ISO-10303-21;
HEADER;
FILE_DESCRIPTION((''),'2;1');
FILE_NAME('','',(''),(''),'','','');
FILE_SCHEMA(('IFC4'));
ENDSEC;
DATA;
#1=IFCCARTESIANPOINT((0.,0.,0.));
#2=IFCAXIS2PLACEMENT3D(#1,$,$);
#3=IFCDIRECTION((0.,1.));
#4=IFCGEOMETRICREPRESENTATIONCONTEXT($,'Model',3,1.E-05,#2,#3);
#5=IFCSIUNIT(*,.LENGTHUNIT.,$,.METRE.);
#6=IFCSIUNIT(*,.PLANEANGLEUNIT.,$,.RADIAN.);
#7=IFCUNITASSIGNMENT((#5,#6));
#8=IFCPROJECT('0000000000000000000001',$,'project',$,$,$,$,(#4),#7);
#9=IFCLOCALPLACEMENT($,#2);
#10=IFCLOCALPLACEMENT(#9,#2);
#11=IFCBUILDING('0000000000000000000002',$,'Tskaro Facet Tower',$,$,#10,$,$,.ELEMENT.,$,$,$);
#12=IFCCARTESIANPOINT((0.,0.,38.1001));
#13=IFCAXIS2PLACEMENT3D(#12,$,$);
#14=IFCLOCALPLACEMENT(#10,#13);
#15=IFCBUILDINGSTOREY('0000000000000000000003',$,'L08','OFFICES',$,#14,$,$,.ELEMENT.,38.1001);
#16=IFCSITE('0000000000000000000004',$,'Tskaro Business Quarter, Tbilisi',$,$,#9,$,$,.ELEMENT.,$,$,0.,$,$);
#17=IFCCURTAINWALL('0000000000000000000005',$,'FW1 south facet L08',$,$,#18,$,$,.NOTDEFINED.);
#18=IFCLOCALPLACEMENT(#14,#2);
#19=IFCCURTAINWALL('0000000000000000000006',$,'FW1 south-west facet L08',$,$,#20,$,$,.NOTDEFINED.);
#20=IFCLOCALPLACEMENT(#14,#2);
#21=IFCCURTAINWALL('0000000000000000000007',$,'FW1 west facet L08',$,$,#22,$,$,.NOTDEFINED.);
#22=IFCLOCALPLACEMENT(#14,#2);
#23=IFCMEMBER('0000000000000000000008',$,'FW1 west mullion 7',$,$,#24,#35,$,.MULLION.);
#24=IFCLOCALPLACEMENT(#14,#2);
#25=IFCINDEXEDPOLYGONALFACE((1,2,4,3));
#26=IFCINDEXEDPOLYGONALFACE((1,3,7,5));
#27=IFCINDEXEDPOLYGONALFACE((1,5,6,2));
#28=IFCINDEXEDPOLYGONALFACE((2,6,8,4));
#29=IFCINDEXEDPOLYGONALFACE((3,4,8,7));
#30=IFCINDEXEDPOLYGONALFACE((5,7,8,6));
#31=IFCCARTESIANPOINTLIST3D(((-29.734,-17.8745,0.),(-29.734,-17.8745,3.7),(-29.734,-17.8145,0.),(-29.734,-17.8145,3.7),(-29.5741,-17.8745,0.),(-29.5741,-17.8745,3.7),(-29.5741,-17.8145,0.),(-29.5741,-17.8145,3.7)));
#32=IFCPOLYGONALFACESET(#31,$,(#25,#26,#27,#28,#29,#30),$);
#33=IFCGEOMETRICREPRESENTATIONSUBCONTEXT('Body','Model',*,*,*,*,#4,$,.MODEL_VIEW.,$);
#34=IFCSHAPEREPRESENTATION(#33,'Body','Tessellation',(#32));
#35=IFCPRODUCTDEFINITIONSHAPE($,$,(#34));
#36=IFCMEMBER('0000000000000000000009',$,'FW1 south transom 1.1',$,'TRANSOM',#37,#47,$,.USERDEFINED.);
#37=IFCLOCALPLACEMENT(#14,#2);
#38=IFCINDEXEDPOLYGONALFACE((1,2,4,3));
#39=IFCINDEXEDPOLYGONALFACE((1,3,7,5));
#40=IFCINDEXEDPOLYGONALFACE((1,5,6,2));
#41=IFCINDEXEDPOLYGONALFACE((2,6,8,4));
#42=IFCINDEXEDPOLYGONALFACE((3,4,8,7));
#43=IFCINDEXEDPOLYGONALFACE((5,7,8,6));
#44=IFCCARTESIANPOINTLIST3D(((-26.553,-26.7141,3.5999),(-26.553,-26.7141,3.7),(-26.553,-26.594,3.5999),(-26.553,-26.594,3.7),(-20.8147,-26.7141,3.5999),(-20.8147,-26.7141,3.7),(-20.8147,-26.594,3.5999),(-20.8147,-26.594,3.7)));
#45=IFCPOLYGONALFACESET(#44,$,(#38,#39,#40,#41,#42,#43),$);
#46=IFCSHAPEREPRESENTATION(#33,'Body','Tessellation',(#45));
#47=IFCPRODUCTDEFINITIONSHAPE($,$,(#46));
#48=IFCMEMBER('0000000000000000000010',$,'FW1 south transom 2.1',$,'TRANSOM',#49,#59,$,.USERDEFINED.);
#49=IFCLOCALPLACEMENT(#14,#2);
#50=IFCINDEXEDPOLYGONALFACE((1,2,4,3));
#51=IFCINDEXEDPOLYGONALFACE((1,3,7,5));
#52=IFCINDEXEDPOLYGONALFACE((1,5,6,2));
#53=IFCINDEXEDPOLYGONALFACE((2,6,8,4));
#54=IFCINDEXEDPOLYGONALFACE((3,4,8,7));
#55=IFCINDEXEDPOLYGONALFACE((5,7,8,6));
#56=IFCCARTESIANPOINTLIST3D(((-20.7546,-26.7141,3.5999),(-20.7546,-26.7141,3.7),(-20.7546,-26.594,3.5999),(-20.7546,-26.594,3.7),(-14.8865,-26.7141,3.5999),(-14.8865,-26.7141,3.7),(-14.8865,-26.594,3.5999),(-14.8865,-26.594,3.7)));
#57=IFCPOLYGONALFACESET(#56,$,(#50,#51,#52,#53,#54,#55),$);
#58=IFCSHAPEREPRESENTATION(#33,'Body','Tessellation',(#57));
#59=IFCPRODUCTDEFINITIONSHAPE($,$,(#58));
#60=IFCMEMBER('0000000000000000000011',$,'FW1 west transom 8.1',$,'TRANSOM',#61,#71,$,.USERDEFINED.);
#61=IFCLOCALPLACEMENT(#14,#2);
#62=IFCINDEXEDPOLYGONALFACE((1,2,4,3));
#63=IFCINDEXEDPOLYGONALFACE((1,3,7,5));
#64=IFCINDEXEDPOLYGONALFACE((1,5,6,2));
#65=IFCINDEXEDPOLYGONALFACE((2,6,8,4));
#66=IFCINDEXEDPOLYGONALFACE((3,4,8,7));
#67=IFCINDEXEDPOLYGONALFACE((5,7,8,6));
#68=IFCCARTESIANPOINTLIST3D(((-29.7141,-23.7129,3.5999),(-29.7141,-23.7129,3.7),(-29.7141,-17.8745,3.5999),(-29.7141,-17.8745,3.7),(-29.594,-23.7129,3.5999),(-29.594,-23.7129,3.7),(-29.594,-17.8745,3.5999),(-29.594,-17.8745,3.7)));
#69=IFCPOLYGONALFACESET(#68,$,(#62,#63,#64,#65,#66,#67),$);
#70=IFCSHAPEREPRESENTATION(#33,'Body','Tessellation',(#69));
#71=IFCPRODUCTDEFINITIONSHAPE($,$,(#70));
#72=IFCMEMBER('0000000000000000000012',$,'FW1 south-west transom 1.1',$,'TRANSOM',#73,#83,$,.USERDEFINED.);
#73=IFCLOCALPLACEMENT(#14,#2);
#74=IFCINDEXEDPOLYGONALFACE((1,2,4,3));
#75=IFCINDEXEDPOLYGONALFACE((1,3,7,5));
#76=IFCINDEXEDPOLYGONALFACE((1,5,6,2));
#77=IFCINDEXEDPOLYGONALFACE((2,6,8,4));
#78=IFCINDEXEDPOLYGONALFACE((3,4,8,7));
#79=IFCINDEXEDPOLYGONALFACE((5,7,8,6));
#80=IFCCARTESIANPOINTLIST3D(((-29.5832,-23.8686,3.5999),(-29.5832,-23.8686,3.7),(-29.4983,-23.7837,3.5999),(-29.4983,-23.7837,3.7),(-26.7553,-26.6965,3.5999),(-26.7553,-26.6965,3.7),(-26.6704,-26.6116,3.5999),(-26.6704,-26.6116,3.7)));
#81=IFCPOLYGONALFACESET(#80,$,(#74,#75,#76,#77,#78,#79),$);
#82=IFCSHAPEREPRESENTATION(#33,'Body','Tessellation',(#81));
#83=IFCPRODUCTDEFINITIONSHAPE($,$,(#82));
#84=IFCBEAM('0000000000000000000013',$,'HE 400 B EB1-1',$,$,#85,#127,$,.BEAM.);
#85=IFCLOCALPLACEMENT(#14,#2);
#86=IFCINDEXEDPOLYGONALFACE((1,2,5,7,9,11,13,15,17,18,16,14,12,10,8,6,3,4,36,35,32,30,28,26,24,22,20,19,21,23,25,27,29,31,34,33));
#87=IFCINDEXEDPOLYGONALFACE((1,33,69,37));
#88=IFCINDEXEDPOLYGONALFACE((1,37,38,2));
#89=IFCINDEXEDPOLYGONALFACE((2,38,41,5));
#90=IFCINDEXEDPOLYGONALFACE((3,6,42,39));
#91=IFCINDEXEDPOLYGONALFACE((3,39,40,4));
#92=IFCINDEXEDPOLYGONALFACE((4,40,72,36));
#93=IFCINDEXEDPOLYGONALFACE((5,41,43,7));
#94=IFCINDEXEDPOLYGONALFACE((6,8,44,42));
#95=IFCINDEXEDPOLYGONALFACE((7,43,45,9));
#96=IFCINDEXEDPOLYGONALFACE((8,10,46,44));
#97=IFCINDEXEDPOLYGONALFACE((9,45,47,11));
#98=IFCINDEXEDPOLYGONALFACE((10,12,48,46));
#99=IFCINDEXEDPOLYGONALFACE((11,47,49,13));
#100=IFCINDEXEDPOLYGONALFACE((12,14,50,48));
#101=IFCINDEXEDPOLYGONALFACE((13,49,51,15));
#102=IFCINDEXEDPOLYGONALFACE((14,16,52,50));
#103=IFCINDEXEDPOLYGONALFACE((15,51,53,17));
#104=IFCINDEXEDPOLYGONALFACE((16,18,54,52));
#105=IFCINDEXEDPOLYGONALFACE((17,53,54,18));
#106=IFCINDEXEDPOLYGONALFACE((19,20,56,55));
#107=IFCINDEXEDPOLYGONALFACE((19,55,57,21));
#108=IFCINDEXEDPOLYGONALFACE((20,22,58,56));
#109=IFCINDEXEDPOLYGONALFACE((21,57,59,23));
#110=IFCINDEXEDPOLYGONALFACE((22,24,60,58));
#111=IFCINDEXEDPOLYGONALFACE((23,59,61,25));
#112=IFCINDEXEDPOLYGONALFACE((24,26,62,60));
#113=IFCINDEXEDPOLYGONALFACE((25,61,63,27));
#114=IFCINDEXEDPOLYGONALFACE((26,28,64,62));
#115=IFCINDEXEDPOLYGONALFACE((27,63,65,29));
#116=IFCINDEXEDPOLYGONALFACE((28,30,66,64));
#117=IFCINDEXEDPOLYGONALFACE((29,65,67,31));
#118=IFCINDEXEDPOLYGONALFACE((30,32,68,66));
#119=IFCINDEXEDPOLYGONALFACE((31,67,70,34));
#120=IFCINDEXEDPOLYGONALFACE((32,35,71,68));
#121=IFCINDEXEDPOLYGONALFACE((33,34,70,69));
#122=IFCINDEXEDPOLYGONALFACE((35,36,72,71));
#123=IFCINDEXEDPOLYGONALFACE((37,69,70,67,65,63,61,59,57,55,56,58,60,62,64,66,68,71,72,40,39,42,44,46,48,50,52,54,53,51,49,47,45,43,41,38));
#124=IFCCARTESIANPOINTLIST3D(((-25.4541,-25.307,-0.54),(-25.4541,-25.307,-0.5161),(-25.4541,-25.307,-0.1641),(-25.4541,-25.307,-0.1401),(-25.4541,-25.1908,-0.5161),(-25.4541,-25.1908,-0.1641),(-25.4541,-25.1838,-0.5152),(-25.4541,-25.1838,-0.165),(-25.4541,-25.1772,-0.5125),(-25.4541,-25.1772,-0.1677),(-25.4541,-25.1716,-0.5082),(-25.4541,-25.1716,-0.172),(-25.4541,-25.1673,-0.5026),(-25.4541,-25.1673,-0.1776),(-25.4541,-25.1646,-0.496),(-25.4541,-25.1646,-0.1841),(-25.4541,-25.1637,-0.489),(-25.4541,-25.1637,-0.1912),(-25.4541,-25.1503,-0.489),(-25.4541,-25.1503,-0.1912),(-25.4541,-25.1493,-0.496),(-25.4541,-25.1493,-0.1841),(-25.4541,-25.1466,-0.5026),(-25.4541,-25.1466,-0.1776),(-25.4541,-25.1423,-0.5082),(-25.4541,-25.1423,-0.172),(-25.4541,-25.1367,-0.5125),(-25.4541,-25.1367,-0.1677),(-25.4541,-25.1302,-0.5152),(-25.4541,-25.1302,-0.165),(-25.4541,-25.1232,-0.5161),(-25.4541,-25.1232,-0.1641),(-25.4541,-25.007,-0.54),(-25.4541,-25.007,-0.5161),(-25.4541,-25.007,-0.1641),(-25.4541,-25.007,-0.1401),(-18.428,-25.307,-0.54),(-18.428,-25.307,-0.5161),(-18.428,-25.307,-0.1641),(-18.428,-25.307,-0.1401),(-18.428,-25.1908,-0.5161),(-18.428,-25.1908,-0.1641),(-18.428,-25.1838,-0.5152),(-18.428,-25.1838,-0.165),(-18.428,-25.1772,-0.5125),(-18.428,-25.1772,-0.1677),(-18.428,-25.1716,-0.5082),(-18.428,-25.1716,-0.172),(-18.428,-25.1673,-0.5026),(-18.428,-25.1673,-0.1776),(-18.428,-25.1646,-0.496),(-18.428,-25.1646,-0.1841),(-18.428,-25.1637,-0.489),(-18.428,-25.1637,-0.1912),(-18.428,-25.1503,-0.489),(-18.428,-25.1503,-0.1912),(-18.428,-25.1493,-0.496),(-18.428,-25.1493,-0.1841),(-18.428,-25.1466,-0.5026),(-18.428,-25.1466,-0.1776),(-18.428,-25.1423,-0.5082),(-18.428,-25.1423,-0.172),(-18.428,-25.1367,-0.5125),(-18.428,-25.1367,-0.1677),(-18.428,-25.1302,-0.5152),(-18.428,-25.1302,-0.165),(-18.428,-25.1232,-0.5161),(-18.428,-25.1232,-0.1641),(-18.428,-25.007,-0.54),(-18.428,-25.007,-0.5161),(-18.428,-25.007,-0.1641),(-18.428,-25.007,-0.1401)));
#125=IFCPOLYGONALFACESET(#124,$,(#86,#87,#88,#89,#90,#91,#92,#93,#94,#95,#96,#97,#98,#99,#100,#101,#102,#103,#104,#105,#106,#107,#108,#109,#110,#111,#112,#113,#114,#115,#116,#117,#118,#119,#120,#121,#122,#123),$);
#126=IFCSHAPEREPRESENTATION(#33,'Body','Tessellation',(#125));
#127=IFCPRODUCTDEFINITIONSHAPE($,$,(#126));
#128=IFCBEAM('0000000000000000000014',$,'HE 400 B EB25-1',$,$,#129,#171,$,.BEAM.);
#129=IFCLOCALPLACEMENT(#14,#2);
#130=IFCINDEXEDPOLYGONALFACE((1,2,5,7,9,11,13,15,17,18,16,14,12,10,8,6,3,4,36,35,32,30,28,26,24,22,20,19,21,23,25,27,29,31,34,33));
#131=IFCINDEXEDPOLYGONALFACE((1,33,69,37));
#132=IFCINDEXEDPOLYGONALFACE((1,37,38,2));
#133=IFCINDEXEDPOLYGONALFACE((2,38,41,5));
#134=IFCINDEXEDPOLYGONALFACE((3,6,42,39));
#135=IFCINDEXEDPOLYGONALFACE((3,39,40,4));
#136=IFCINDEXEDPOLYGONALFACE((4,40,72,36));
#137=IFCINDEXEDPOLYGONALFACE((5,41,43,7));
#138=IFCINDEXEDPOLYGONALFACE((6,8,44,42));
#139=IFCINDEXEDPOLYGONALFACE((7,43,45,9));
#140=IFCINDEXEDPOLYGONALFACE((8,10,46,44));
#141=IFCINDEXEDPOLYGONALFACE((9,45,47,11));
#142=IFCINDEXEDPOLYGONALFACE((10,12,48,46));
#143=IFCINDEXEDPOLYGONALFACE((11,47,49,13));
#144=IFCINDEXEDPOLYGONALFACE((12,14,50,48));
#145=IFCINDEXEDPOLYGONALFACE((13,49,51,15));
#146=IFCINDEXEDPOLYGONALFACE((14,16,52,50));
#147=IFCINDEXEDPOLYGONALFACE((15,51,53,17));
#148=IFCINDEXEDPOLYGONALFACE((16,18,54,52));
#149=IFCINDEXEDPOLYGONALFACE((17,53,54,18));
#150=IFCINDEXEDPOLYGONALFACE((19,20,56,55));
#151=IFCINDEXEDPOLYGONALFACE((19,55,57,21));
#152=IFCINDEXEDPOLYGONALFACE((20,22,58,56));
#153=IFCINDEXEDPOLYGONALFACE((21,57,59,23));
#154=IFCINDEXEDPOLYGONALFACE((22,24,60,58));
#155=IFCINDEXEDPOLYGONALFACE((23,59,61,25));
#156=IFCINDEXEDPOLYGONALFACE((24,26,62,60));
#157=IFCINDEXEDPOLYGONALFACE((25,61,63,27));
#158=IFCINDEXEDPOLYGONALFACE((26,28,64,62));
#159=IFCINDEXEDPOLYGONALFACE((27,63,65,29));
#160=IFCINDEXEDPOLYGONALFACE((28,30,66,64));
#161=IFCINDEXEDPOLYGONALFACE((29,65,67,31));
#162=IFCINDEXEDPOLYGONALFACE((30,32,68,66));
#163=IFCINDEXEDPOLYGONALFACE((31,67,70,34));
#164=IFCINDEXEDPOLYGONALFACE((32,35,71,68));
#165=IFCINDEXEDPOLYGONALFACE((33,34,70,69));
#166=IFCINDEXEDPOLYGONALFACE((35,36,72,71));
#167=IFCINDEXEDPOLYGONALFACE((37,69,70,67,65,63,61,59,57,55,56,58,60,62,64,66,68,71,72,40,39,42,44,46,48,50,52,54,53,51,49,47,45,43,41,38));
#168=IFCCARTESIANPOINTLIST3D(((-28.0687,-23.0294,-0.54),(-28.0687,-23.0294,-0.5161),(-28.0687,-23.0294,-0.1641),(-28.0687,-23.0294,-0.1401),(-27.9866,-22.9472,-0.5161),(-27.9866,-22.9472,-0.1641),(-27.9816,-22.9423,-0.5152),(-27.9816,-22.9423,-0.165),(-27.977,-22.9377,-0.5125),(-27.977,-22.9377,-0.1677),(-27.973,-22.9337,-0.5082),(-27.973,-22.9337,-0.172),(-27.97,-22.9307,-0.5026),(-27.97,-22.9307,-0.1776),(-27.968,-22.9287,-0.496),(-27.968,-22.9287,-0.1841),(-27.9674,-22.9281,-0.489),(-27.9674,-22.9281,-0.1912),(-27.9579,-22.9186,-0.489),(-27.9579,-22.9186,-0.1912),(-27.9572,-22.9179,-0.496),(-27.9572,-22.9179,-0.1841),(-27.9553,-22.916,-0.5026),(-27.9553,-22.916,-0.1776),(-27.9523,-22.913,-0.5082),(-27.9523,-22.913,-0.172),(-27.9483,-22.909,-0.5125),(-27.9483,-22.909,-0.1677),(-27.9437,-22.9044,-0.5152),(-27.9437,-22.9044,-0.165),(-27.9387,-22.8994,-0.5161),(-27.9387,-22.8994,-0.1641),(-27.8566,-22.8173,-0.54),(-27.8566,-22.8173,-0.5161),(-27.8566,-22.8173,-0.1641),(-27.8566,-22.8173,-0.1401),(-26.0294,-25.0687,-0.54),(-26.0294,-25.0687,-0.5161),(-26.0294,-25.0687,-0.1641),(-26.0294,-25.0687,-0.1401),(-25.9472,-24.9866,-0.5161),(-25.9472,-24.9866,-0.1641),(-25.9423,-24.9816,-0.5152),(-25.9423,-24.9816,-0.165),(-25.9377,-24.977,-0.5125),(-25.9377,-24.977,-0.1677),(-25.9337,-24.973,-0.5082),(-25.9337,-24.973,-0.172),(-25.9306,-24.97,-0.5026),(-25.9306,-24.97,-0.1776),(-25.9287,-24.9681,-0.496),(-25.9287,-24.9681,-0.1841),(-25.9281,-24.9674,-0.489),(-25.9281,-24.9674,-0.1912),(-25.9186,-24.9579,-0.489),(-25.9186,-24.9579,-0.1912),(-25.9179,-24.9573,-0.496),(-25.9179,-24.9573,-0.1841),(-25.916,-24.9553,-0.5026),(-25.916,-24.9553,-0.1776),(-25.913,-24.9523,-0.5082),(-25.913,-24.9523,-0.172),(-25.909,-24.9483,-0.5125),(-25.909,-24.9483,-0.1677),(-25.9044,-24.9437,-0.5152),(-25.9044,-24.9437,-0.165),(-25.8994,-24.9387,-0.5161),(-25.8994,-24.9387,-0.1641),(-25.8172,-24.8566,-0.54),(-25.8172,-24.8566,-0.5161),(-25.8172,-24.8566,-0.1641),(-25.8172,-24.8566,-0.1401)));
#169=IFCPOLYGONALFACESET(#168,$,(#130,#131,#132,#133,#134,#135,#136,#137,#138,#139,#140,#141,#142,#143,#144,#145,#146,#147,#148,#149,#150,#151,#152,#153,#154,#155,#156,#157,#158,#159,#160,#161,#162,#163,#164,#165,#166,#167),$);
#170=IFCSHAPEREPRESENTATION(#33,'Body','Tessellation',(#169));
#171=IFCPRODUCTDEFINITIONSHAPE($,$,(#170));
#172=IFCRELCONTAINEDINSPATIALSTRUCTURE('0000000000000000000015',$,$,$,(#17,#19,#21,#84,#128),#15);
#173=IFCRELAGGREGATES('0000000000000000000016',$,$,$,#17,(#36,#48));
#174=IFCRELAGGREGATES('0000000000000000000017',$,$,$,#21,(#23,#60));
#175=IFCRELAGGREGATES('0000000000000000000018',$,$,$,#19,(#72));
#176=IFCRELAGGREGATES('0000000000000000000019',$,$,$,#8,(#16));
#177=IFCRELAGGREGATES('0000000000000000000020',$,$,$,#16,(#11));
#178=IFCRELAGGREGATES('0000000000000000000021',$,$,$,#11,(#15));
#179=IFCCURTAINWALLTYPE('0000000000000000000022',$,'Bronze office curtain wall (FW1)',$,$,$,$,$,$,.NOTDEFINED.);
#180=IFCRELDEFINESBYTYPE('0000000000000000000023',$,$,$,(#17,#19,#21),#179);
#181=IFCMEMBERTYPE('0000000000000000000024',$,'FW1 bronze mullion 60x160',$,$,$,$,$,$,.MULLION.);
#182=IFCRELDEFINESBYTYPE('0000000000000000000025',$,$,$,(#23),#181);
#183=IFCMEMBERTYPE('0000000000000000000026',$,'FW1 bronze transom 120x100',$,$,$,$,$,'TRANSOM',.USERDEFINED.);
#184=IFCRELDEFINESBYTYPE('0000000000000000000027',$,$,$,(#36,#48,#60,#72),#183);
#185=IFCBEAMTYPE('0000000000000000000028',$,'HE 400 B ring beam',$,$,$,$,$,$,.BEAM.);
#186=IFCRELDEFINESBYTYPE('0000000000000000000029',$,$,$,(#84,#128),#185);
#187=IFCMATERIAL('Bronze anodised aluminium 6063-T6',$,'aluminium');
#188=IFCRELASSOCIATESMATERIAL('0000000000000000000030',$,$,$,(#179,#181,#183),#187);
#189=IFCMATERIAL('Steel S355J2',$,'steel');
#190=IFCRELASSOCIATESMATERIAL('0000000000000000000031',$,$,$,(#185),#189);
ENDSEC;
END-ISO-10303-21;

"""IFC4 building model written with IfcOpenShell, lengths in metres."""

from ifc_helpers import new_model, si_unit, direction, frame, origin, origin_2d, place, context, subcontext, project, spatial, rectangle, i_section, extrude, material, material_profile, profile_set, type_object, element, aggregate, save


model = new_model("IFC4")

# Units and contexts
model_context = context("Model", 3, precision=1e-05, world=origin(), true_north=direction((0.0, 1.0)))
body_context = subcontext(model_context, "Body", "Model", "MODEL_VIEW")
ifc_project = project(units=[si_unit("LENGTHUNIT", "METRE"), si_unit("PLANEANGLEUNIT", "RADIAN")], contexts=[model_context])

# Site, building, storey
site_placement = place(None, origin())
site = spatial("IfcSite", under=ifc_project, at=site_placement, Name="Tskaro Business Quarter, Tbilisi", CompositionType="ELEMENT", RefElevation=0.0)
building_placement = place(site_placement, origin())
building = spatial("IfcBuilding", under=site, at=building_placement, Name="Tskaro Facet Tower", CompositionType="ELEMENT")
storey_placement = place(building_placement, frame((0.0, 0.0, 38.1001)))
storey = spatial("IfcBuildingStorey", under=building, at=storey_placement, Name="L08", Description="OFFICES", CompositionType="ELEMENT", Elevation=38.1001)

# Curtain walls
ifc_material_1 = material(Name="Bronze anodised aluminium 6063-T6", Category="aluminium")
curtain_wall_type = type_object("IfcCurtainWallType", Name="Bronze office curtain wall (FW1)", PredefinedType="NOTDEFINED", material=ifc_material_1)
curtain_wall_1_placement = place(storey_placement, origin())
curtain_wall_1 = element("IfcCurtainWall", 1, at=curtain_wall_1_placement, inside=storey, type_object=curtain_wall_type, Name="FW1 south facet L08", PredefinedType="NOTDEFINED")
curtain_wall_2_placement = place(storey_placement, origin())
curtain_wall_2 = element("IfcCurtainWall", 2, at=curtain_wall_2_placement, inside=storey, type_object=curtain_wall_type, Name="FW1 south-west facet L08", PredefinedType="NOTDEFINED")

# Shared definitions
ifc_material_profile_1 = material_profile(ifc_material_1, rectangle(XDim=0.0601, YDim=0.1599, at=origin_2d()), Name="Mullion 60x160")
ifc_profile_set_1 = profile_set([ifc_material_profile_1], Name="Bronze anodised aluminium 6063-T6")
member_type_1 = type_object("IfcMemberType", Name="FW1 bronze mullion 60x160", PredefinedType="MULLION", material=ifc_profile_set_1)

# Curtain wall, member
curtain_wall_3_placement = place(storey_placement, origin())
curtain_wall_3 = element("IfcCurtainWall", 3, at=curtain_wall_3_placement, inside=storey, type_object=curtain_wall_type, Name="FW1 west facet L08", PredefinedType="NOTDEFINED")
member_1_placement = place(storey_placement, frame((-29.6541, -17.8445, 0.0), z_axis=(0.0, 0.0, 1.0), x_axis=(0.0, -1.0, 0.0)))
member_1 = element("IfcMember", 4, at=member_1_placement, type_object=member_type_1, Name="FW1 west mullion 7", PredefinedType="MULLION", context=body_context, shape_type="SweptSolid", body=[
    extrude(rectangle(XDim=0.0601, YDim=0.1599, at=origin_2d()), origin(), (0.0, 0.0, 1.0), 3.7),
])

# Members
ifc_material_profile_2 = material_profile(ifc_material_1, rectangle(XDim=0.1201, YDim=0.1001, at=origin_2d()), Name="Transom 120x100")
ifc_profile_set_2 = profile_set([ifc_material_profile_2], Name="Bronze anodised aluminium 6063-T6")
member_type_2 = type_object("IfcMemberType", Name="FW1 bronze transom 120x100", ElementType="TRANSOM", PredefinedType="USERDEFINED", material=ifc_profile_set_2)
member_2_placement = place(storey_placement, frame((-26.553, -26.6541, 3.6499), z_axis=(1.0, 0.0, 0.0), x_axis=(0.0, 1.0, 0.0)))
member_2 = element("IfcMember", 5, at=member_2_placement, type_object=member_type_2, Name="FW1 south transom 1.1", ObjectType="TRANSOM", PredefinedType="USERDEFINED", context=body_context, shape_type="SweptSolid", body=[
    extrude(rectangle(XDim=0.1201, YDim=0.1001, at=origin_2d()), origin(), (0.0, 0.0, 1.0), 5.7383),
])
member_3_placement = place(storey_placement, frame((-20.7546, -26.6541, 3.6499), z_axis=(1.0, 0.0, 0.0), x_axis=(0.0, 1.0, 0.0)))
member_3 = element("IfcMember", 6, at=member_3_placement, type_object=member_type_2, Name="FW1 south transom 2.1", ObjectType="TRANSOM", PredefinedType="USERDEFINED", context=body_context, shape_type="SweptSolid", body=[
    extrude(rectangle(XDim=0.1201, YDim=0.1001, at=origin_2d()), origin(), (0.0, 0.0, 1.0), 5.8682),
])
member_4_placement = place(storey_placement, frame((-29.6541, -17.8745, 3.6499), z_axis=(0.0, -1.0, 0.0), x_axis=(1.0, 0.0, 0.0)))
member_4 = element("IfcMember", 7, at=member_4_placement, type_object=member_type_2, Name="FW1 west transom 8.1", ObjectType="TRANSOM", PredefinedType="USERDEFINED", context=body_context, shape_type="SweptSolid", body=[
    extrude(rectangle(XDim=0.1201, YDim=0.1001, at=origin_2d()), origin(), (0.0, 0.0, 1.0), 5.8384),
])
member_5_placement = place(storey_placement, frame((-29.5408, -23.8262, 3.6499), z_axis=(0.707107, -0.707107, 0.0), x_axis=(0.707107, 0.707107, 0.0)))
member_5 = element("IfcMember", 8, at=member_5_placement, type_object=member_type_2, Name="FW1 south-west transom 1.1", ObjectType="TRANSOM", PredefinedType="USERDEFINED", context=body_context, shape_type="SweptSolid", body=[
    extrude(rectangle(XDim=0.1201, YDim=0.1001, at=origin_2d()), origin(), (0.0, 0.0, 1.0), 3.9993),
])

# Beams
ifc_material_2 = material(Name="Steel S355J2", Category="steel")
ifc_material_profile_3 = material_profile(ifc_material_2, i_section(OverallWidth=0.3, OverallDepth=0.3999, WebThickness=0.0134, FlangeThickness=0.0239, FilletRadius=0.0271, at=origin_2d()), Name="HE 400 B")
ifc_profile_set_3 = profile_set([ifc_material_profile_3], Name="Steel S355J2")
beam_type_1 = type_object("IfcBeamType", Name="HE 400 B ring beam", PredefinedType="BEAM", material=ifc_profile_set_3)
beam_1_placement = place(storey_placement, frame((-25.4541, -25.157, -0.3401), z_axis=(1.0, 0.0, 0.0), x_axis=(0.0, 1.0, 0.0)))
element("IfcBeam", 9, at=beam_1_placement, inside=storey, type_object=beam_type_1, Name="HE 400 B EB1-1", PredefinedType="BEAM", context=body_context, shape_type="SweptSolid", body=[
    extrude(i_section(OverallWidth=0.3, OverallDepth=0.3999, WebThickness=0.0134, FlangeThickness=0.0239, FilletRadius=0.0271, at=origin_2d()), origin(), (0.0, 0.0, 1.0), 7.0261),
])
beam_2_placement = place(storey_placement, frame((-27.9626, -22.9233, -0.3401), z_axis=(0.707107, -0.707107, 0.0), x_axis=(0.707107, 0.707107, 0.0)))
element("IfcBeam", 10, at=beam_2_placement, inside=storey, type_object=beam_type_1, Name="HE 400 B EB25-1", PredefinedType="BEAM", context=body_context, shape_type="SweptSolid", body=[
    extrude(i_section(OverallWidth=0.3, OverallDepth=0.3999, WebThickness=0.0134, FlangeThickness=0.0239, FilletRadius=0.0271, at=origin_2d()), origin(), (0.0, 0.0, 1.0), 2.884),
])

aggregate(curtain_wall_1, [member_2, member_3])
aggregate(curtain_wall_3, [member_1, member_4])
aggregate(curtain_wall_2, [member_5])

save(model, "model.ifc")
